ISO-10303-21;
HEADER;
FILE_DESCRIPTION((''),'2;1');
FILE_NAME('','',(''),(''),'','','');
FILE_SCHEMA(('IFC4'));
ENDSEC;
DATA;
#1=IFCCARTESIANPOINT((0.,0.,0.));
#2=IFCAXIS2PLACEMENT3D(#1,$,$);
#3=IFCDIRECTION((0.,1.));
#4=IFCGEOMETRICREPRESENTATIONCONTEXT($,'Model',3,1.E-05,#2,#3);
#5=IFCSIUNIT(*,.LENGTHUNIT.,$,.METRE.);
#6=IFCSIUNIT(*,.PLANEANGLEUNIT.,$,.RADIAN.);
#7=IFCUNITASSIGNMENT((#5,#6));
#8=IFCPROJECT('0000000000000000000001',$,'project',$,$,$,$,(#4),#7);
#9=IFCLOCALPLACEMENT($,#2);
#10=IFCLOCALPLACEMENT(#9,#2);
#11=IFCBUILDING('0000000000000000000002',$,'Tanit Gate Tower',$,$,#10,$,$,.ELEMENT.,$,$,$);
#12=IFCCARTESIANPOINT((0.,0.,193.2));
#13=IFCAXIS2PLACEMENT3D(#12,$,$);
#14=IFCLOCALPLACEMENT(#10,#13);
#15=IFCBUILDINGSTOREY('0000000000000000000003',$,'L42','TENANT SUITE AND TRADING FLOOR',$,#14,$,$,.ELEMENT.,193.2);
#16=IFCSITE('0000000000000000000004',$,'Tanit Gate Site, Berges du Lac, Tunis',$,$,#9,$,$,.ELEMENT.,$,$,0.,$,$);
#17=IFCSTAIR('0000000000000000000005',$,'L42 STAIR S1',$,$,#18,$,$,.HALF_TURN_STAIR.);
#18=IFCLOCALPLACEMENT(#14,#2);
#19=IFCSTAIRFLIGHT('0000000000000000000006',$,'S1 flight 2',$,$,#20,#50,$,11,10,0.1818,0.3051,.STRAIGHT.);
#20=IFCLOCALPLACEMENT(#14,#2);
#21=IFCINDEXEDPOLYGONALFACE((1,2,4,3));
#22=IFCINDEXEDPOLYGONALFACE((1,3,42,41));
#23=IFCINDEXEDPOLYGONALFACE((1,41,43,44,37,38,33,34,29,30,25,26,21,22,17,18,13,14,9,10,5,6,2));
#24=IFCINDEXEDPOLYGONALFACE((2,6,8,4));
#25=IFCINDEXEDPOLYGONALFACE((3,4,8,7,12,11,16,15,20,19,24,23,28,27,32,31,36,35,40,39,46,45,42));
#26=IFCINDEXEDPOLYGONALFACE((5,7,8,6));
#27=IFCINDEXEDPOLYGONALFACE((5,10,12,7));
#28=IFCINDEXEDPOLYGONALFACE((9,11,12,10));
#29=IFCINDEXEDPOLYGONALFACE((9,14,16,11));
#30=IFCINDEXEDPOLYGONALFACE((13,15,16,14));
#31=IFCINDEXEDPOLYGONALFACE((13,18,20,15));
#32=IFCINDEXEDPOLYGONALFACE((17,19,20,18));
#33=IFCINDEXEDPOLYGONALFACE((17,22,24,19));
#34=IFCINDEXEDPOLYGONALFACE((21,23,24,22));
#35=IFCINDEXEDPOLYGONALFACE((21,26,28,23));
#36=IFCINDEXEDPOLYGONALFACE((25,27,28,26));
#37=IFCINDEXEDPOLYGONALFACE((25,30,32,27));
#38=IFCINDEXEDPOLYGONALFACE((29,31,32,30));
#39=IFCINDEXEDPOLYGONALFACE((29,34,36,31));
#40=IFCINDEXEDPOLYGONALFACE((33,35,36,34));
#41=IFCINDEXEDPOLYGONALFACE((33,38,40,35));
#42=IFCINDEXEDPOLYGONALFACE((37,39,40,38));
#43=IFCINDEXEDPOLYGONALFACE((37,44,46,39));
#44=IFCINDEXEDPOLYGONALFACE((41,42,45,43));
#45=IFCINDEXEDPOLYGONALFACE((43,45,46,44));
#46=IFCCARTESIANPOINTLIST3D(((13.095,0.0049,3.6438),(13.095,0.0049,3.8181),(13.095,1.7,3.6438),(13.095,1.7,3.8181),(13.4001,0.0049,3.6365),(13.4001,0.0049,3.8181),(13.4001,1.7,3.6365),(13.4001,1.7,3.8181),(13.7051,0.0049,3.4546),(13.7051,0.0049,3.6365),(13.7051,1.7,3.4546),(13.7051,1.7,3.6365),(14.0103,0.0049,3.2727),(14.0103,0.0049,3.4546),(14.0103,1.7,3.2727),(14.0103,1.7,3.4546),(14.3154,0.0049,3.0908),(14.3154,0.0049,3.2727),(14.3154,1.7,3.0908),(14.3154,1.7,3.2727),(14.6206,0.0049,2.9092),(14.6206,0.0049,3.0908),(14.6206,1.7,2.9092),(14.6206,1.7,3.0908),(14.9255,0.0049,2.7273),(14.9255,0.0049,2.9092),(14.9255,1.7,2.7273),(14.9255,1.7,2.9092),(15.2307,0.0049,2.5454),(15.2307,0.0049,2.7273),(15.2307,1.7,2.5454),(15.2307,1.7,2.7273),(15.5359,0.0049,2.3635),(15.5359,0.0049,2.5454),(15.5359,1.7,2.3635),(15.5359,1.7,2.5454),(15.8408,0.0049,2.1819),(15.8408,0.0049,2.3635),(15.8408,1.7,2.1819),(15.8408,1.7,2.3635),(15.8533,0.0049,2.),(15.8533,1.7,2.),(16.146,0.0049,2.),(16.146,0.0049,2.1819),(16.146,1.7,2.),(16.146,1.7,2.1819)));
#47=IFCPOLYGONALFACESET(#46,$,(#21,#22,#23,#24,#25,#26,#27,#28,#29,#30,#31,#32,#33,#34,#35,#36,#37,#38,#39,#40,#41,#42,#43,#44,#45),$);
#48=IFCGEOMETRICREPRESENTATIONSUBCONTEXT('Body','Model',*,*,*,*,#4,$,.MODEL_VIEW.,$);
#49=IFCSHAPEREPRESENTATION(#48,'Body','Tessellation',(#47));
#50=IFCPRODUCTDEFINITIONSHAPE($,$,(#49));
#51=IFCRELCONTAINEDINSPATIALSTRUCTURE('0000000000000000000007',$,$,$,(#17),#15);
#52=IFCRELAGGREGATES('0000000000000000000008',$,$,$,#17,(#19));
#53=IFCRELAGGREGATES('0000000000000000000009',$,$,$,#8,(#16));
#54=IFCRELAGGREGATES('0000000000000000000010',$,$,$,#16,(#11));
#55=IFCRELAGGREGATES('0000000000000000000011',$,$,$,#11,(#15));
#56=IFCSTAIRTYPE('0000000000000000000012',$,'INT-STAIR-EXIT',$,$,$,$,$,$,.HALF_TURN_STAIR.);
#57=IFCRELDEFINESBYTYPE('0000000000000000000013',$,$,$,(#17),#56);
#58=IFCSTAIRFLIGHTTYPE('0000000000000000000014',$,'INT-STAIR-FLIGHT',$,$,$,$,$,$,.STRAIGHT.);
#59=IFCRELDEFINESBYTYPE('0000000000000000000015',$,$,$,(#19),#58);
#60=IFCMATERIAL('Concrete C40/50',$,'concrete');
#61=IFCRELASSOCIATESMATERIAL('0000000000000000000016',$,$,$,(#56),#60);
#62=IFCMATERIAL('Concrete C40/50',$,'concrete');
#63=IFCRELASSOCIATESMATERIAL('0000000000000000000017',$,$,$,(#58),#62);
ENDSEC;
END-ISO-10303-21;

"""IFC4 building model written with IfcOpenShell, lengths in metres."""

from ifc_helpers import new_model, si_unit, direction, frame, origin, place, context, subcontext, project, spatial, polyline, outline, extrude, material, type_object, element, aggregate, save


model = new_model("IFC4")

# Units and contexts
model_context = context("Model", 3, precision=1e-05, world=origin(), true_north=direction((0.0, 1.0)))
body_context = subcontext(model_context, "Body", "Model", "MODEL_VIEW")
ifc_project = project(units=[si_unit("LENGTHUNIT", "METRE"), si_unit("PLANEANGLEUNIT", "RADIAN")], contexts=[model_context])

# Site, building, storey
site_placement = place(None, origin())
site = spatial("IfcSite", under=ifc_project, at=site_placement, Name="Tanit Gate Site, Berges du Lac, Tunis", CompositionType="ELEMENT", RefElevation=0.0)
building_placement = place(site_placement, origin())
building = spatial("IfcBuilding", under=site, at=building_placement, Name="Tanit Gate Tower", CompositionType="ELEMENT")
storey_placement = place(building_placement, frame((0.0, 0.0, 193.2)))
storey = spatial("IfcBuildingStorey", under=building, at=storey_placement, Name="L42", Description="TENANT SUITE AND TRADING FLOOR", CompositionType="ELEMENT", Elevation=193.2)

# Stair, stair flight
ifc_material_1 = material(Name="Concrete C40/50", Category="concrete")
stair_type = type_object("IfcStairType", Name="INT-STAIR-EXIT", PredefinedType="HALF_TURN_STAIR", material=ifc_material_1)
stair_placement = place(storey_placement, origin())
stair = element("IfcStair", 1, at=stair_placement, inside=storey, type_object=stair_type, Name="L42 STAIR S1", PredefinedType="HALF_TURN_STAIR")
ifc_material_2 = material(Name="Concrete C40/50", Category="concrete")
stair_flight_type = type_object("IfcStairFlightType", Name="INT-STAIR-FLIGHT", PredefinedType="STRAIGHT", material=ifc_material_2)
stair_flight_placement = place(storey_placement, frame((16.146, 0.8525, 2.0), z_axis=(0.0, 0.0, 1.0), x_axis=(-1.0, 0.0, 0.0)))
stair_flight = element("IfcStairFlight", 2, at=stair_flight_placement, type_object=stair_flight_type, Name="S1 flight 2", NumberOfRisers=11, NumberOfTreads=10, PredefinedType="STRAIGHT", RiserHeight=0.1818, TreadLength=0.3051, context=body_context, shape_type="SweptSolid", body=[
    extrude(outline(polyline([(0.0, 0.0), (0.0, 0.1819), (0.3052, 0.1819), (0.3052, 0.3635), (0.6101, 0.3635), (0.6101, 0.5454), (0.9153, 0.5454), (0.9153, 0.7273), (1.2205, 0.7273), (1.2205, 0.9092), (1.5254, 0.9092), (1.5254, 1.0908), (1.8306, 1.0908), (1.8306, 1.2727), (2.1357, 1.2727), (2.1357, 1.4546), (2.4409, 1.4546), (2.4409, 1.6365), (2.7458, 1.6365), (2.7458, 1.8181), (3.051, 1.8181), (3.051, 2.0), (3.051, 1.6438), (0.2927, 0.0), (0.0, 0.0)])), frame((0.0, 0.8477, 0.0), z_axis=(0.0, -1.0, 0.0), x_axis=(1.0, 0.0, 0.0)), (0.0, 0.0, 1.0), 1.6951),
])
aggregate(stair, [stair_flight])

save(model, "model.ifc")
